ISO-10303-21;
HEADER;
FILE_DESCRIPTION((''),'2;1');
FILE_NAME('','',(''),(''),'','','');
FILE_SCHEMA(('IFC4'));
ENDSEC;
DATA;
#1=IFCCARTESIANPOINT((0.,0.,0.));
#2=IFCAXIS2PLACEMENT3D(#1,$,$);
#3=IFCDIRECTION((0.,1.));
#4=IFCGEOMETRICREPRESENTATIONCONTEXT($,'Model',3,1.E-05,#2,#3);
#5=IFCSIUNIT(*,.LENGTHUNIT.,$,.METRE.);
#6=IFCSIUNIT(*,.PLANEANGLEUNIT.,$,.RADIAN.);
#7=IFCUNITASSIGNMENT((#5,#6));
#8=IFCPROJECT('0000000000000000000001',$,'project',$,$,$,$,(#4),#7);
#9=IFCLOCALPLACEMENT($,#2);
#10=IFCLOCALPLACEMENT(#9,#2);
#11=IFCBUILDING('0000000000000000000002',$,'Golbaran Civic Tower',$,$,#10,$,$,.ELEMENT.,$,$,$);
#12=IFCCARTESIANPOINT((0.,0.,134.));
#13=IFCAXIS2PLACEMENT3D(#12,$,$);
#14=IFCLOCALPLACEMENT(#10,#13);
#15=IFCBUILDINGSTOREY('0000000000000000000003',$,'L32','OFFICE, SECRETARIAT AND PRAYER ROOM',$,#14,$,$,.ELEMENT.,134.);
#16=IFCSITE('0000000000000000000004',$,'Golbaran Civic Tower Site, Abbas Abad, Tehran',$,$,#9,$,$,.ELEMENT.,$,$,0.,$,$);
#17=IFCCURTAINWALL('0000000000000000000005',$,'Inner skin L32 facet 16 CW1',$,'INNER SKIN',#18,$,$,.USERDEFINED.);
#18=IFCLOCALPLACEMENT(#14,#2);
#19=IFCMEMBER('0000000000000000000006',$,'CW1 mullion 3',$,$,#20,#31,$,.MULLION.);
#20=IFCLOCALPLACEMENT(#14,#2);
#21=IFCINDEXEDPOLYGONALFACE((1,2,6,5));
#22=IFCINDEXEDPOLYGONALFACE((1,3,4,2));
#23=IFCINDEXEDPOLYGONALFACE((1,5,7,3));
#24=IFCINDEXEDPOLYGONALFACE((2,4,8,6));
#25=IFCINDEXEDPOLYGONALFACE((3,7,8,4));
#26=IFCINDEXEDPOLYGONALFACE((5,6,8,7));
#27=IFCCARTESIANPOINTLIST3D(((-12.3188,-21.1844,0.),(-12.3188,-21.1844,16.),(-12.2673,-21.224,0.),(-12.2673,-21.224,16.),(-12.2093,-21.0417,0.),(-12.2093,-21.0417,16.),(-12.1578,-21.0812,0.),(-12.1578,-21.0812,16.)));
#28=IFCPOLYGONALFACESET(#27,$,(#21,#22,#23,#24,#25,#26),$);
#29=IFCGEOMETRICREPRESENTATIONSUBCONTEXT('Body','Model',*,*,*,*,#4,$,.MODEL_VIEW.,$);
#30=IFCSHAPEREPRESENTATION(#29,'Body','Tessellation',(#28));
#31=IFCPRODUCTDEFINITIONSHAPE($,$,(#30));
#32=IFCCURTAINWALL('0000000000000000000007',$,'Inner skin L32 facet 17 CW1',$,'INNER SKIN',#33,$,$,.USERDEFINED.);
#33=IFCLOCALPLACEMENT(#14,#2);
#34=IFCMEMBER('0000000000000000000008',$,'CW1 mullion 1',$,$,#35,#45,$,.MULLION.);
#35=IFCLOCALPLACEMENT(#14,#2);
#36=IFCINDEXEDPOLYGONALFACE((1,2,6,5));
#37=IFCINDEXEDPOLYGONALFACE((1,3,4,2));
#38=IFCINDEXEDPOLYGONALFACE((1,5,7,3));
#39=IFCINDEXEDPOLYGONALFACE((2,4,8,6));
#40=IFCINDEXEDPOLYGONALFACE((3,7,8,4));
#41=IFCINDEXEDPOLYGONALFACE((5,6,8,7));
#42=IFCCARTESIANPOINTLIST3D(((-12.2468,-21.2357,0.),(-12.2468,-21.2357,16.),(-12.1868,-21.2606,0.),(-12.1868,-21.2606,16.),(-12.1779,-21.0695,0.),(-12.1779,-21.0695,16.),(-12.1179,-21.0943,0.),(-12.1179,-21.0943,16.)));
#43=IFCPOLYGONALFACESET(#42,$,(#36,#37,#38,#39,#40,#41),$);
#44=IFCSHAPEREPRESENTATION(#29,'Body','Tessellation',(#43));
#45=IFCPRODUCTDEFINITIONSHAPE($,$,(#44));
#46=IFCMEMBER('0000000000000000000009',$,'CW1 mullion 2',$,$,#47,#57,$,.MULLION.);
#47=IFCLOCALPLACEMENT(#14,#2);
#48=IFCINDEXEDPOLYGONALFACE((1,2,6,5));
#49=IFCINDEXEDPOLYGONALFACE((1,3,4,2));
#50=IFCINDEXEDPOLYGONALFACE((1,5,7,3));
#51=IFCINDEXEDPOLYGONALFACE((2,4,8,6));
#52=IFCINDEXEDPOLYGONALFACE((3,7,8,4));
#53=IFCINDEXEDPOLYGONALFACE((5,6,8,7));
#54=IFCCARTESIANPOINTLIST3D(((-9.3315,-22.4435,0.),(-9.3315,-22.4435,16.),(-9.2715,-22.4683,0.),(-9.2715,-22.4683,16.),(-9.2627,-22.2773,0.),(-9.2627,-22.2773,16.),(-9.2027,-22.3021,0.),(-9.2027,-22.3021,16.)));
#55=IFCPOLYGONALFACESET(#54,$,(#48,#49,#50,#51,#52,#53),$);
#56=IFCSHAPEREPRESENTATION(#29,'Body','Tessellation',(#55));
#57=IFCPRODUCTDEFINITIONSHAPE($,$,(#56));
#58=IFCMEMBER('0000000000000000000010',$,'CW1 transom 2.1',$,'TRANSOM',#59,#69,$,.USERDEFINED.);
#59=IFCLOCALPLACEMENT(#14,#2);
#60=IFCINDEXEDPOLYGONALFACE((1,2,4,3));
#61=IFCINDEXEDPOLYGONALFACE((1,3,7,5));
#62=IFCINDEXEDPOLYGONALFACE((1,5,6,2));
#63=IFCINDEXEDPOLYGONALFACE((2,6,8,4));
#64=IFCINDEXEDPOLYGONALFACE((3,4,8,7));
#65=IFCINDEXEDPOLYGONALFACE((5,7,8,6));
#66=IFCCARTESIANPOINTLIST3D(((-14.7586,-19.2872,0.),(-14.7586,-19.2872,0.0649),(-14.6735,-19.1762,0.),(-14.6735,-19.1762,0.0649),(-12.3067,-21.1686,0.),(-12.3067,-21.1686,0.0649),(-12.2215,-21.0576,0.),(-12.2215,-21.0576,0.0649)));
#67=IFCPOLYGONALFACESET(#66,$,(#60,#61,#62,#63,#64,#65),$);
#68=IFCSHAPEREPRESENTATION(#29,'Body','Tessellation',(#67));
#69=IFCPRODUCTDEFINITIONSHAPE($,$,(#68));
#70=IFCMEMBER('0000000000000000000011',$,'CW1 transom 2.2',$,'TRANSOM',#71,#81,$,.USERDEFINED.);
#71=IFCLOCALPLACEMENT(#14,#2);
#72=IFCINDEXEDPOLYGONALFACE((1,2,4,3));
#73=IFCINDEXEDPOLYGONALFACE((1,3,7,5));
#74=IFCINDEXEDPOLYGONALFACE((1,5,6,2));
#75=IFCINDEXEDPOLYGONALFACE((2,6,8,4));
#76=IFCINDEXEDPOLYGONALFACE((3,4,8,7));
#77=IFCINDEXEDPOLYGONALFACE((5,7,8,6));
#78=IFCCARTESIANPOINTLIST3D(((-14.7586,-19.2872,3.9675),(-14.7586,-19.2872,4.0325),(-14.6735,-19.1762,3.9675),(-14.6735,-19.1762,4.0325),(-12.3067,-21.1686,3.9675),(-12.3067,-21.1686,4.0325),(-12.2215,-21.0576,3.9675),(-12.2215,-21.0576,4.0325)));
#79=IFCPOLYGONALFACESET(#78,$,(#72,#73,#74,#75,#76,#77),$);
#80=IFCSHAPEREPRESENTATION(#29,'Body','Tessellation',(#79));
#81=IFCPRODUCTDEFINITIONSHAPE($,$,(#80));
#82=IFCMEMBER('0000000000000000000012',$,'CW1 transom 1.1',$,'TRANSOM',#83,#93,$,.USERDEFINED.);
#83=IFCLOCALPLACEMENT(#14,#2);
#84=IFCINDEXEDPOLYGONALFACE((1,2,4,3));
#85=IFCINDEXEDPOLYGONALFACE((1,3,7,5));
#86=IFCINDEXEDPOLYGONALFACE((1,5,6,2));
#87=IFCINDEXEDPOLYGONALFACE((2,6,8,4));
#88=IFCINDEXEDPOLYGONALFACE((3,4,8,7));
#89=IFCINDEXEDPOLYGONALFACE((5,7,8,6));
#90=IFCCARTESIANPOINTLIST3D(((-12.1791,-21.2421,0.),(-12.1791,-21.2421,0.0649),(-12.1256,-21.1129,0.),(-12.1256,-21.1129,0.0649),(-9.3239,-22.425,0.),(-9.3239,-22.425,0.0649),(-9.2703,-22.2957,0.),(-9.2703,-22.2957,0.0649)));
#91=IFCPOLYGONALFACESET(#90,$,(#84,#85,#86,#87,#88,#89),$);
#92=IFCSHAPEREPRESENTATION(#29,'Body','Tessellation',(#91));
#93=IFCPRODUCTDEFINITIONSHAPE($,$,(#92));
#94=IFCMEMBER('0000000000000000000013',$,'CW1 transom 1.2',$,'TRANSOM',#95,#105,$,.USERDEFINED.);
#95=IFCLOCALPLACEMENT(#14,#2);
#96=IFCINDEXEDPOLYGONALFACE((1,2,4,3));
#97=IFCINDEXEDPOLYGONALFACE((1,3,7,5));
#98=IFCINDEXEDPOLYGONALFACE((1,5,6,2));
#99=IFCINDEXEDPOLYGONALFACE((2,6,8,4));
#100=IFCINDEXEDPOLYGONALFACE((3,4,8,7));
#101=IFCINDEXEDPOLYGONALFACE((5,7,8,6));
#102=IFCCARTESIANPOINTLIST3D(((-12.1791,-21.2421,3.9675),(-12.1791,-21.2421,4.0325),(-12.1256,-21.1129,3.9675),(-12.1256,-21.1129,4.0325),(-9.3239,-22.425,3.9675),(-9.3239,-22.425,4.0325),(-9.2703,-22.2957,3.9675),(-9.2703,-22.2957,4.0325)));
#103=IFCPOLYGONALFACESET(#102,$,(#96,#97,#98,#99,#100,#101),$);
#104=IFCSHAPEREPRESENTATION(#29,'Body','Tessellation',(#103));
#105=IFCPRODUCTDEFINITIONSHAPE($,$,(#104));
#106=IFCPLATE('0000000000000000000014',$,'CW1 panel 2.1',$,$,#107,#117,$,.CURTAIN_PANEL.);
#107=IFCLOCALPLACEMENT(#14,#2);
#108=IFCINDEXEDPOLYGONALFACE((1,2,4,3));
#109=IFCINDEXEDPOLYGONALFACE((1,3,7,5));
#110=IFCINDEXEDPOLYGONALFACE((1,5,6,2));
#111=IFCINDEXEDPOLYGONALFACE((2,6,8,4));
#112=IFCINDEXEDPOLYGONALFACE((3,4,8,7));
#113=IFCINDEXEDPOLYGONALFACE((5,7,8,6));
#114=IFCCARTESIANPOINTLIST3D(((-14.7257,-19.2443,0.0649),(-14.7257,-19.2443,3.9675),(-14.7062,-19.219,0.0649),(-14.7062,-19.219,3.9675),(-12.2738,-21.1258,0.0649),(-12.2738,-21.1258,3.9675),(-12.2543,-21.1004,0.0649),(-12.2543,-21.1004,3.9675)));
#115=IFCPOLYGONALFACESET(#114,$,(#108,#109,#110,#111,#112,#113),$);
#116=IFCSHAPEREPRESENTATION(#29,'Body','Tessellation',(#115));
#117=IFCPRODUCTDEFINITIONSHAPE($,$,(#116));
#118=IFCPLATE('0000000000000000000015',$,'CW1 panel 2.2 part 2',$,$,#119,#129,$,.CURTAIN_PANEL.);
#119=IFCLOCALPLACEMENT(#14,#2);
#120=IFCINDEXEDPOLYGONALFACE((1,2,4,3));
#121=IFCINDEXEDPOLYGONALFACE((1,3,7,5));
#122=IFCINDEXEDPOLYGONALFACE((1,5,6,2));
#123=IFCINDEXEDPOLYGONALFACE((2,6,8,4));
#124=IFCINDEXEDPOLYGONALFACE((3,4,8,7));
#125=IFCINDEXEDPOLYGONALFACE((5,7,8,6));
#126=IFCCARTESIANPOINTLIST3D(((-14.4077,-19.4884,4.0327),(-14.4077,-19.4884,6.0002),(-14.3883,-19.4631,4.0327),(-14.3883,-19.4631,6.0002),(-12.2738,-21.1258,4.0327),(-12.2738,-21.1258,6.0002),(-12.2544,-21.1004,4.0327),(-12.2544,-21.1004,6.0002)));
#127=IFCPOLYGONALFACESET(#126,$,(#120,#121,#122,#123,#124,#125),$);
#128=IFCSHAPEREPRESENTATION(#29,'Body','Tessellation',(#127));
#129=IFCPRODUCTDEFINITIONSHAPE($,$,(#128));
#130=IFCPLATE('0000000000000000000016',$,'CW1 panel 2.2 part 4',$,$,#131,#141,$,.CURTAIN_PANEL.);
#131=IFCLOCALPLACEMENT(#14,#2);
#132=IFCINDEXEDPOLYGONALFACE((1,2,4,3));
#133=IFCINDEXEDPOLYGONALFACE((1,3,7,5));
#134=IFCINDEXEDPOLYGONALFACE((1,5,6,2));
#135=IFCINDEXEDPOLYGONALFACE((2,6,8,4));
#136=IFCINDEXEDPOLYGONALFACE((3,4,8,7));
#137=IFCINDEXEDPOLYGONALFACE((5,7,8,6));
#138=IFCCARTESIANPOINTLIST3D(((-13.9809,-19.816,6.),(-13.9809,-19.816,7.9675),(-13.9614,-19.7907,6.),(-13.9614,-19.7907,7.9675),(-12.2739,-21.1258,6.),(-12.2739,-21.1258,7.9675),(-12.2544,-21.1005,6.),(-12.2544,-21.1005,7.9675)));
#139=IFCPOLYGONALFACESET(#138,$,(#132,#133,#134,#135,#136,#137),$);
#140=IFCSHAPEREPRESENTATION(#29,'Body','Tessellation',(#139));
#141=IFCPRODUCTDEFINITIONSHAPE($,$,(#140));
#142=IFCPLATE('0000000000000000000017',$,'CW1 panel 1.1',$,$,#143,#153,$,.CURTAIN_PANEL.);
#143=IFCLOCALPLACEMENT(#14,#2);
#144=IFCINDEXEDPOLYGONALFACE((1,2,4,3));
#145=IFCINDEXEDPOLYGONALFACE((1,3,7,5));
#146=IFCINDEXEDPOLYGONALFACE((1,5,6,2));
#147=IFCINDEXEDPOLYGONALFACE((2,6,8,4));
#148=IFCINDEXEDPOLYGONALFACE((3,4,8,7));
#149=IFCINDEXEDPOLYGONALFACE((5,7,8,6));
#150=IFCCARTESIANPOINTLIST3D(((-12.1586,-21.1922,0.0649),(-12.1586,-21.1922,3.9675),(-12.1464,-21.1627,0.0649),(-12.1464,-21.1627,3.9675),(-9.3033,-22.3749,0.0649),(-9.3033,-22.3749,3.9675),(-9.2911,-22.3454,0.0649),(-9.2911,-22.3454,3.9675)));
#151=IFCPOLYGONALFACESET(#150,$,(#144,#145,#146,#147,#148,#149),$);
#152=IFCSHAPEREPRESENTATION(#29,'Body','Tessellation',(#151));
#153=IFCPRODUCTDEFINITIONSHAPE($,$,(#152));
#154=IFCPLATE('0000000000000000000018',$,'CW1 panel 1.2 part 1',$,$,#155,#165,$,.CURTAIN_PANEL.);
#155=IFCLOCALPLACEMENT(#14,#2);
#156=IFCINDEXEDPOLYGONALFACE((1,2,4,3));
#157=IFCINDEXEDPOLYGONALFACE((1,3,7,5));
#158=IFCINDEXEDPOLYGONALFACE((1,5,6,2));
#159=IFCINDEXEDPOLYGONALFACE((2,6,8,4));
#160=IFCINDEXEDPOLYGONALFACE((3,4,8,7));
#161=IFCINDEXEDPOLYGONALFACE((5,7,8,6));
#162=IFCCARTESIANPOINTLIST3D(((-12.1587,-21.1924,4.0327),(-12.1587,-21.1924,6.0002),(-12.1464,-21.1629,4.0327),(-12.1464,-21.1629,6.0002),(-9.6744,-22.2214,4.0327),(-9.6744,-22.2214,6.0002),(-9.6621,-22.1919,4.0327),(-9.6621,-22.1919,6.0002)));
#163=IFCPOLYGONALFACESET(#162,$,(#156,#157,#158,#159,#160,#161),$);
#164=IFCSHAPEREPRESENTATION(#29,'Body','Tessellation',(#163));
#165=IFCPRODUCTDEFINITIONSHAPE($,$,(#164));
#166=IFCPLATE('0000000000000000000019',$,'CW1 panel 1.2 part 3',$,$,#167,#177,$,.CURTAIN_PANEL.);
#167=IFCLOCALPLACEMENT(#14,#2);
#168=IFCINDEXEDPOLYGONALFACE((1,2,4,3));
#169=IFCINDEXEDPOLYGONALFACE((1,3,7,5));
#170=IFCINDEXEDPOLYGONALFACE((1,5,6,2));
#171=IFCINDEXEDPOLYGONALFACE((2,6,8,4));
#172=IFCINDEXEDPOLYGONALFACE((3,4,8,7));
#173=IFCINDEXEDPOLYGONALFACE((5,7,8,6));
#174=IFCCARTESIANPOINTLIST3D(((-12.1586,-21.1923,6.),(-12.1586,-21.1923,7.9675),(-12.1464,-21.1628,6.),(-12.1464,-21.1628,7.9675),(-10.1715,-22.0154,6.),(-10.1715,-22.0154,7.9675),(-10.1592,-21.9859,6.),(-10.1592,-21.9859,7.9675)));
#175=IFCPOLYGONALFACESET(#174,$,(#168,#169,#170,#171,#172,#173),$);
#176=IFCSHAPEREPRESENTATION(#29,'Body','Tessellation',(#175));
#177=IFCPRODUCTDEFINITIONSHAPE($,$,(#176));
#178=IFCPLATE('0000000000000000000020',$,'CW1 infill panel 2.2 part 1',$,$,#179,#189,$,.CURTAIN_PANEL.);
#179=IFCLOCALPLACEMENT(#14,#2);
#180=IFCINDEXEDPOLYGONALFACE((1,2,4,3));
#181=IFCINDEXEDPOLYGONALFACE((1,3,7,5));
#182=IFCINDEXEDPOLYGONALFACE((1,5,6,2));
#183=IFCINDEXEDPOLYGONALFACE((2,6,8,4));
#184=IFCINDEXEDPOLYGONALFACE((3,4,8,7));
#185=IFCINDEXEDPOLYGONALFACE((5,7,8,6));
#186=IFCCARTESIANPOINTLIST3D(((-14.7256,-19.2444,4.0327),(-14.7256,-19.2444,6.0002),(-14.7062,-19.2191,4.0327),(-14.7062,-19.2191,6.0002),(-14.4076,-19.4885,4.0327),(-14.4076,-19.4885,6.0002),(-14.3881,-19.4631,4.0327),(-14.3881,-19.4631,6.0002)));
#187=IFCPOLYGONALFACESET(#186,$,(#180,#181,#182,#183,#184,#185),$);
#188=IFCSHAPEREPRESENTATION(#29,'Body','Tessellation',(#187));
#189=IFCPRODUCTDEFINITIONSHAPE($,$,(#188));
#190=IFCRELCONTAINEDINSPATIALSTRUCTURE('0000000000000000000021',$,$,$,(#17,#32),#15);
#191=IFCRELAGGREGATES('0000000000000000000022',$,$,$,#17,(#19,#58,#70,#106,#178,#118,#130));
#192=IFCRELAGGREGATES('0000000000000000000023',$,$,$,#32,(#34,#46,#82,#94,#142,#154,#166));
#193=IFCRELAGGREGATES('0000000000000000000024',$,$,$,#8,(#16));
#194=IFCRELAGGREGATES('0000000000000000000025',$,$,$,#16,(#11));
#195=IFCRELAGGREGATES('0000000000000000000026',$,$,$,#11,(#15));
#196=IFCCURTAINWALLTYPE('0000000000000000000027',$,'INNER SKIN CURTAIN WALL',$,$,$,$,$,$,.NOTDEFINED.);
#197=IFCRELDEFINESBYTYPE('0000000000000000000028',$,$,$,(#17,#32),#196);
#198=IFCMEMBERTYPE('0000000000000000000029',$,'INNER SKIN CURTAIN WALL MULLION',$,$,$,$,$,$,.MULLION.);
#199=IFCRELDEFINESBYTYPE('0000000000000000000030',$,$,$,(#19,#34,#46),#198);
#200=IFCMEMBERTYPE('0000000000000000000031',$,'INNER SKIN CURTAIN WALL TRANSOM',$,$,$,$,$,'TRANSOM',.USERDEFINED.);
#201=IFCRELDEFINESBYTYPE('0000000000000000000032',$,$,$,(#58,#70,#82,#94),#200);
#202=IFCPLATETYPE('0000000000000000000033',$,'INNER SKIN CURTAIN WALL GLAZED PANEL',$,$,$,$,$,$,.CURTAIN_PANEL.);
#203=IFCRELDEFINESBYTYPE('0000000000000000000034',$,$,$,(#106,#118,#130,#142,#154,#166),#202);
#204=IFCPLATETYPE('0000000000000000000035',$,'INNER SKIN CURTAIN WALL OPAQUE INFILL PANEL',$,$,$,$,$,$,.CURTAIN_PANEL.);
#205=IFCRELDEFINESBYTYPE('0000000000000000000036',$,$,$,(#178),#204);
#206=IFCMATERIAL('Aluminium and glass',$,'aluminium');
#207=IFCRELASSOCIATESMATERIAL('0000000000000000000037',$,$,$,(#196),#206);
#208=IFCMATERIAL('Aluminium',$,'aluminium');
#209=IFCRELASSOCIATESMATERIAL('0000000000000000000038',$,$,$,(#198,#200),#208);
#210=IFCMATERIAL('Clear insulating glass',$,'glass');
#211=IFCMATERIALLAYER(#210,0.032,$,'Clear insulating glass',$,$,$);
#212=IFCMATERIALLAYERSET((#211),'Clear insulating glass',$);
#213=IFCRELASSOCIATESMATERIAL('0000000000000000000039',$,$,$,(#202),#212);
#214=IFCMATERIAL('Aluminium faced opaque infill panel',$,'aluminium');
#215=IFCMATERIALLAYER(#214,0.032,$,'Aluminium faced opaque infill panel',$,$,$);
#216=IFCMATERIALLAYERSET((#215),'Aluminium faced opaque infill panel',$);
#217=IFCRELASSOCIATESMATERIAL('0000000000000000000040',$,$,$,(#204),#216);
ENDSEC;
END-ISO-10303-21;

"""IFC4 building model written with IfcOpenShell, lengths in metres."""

from ifc_helpers import new_model, si_unit, direction, frame, origin, origin_2d, place, context, subcontext, project, spatial, rectangle, extrude, material, layer, layer_set, material_profile, profile_set, type_object, element, aggregate, save


model = new_model("IFC4")

# Units and contexts
model_context = context("Model", 3, precision=1e-05, world=origin(), true_north=direction((0.0, 1.0)))
body_context = subcontext(model_context, "Body", "Model", "MODEL_VIEW")
ifc_project = project(units=[si_unit("LENGTHUNIT", "METRE"), si_unit("PLANEANGLEUNIT", "RADIAN")], contexts=[model_context])

# Site, building, storey
site_placement = place(None, origin())
site = spatial("IfcSite", under=ifc_project, at=site_placement, Name="Golbaran Civic Tower Site, Abbas Abad, Tehran", CompositionType="ELEMENT", RefElevation=0.0)
building_placement = place(site_placement, origin())
building = spatial("IfcBuilding", under=site, at=building_placement, Name="Golbaran Civic Tower", CompositionType="ELEMENT")
storey_placement = place(building_placement, frame((0.0, 0.0, 134.0)))
storey = spatial("IfcBuildingStorey", under=building, at=storey_placement, Name="L32", Description="OFFICE, SECRETARIAT AND PRAYER ROOM", CompositionType="ELEMENT", Elevation=134.0)

# Curtain wall, member
ifc_material_1 = material(Name="Aluminium and glass", Category="aluminium")
curtain_wall_type_1 = type_object("IfcCurtainWallType", Name="INNER SKIN CURTAIN WALL", PredefinedType="NOTDEFINED", material=ifc_material_1)
curtain_wall_1_placement = place(storey_placement, origin())
curtain_wall_1 = element("IfcCurtainWall", 1, at=curtain_wall_1_placement, inside=storey, type_object=curtain_wall_type_1, Name="Inner skin L32 facet 16 CW1", ObjectType="INNER SKIN", PredefinedType="USERDEFINED")
ifc_material_2 = material(Name="Aluminium", Category="aluminium")
ifc_material_profile_1 = material_profile(ifc_material_2, rectangle(XDim=0.1799, YDim=0.0649, at=origin_2d()), Name="INNER SKIN CURTAIN WALL MULLION")
ifc_profile_set_1 = profile_set([ifc_material_profile_1], Name="Aluminium")
member_type_1 = type_object("IfcMemberType", Name="INNER SKIN CURTAIN WALL MULLION", PredefinedType="MULLION", material=ifc_profile_set_1)
member_1_placement = place(storey_placement, frame((-12.2383, -21.1328, 0.0), z_axis=(0.0, 0.0, 1.0), x_axis=(0.608761, 0.793353, 0.0)))
member_1 = element("IfcMember", 2, at=member_1_placement, type_object=member_type_1, Name="CW1 mullion 3", PredefinedType="MULLION", context=body_context, shape_type="SweptSolid", body=[
    extrude(rectangle(XDim=0.1799, YDim=0.0649, at=origin_2d()), origin(), (0.0, 0.0, 1.0), 16.0),
])

# Curtain wall, members
curtain_wall_2_placement = place(storey_placement, origin())
curtain_wall_2 = element("IfcCurtainWall", 3, at=curtain_wall_2_placement, inside=storey, type_object=curtain_wall_type_1, Name="Inner skin L32 facet 17 CW1", ObjectType="INNER SKIN", PredefinedType="USERDEFINED")
member_2_placement = place(storey_placement, frame((-12.1824, -21.165, 0.0), z_axis=(0.0, 0.0, 1.0), x_axis=(0.382683, 0.92388, 0.0)))
member_2 = element("IfcMember", 4, at=member_2_placement, type_object=member_type_1, Name="CW1 mullion 1", PredefinedType="MULLION", context=body_context, shape_type="SweptSolid", body=[
    extrude(rectangle(XDim=0.1799, YDim=0.0649, at=origin_2d()), origin(), (0.0, 0.0, 1.0), 16.0),
])
member_3_placement = place(storey_placement, frame((-9.2671, -22.3728, 0.0), z_axis=(0.0, 0.0, 1.0), x_axis=(0.382683, 0.92388, 0.0)))
member_3 = element("IfcMember", 5, at=member_3_placement, type_object=member_type_1, Name="CW1 mullion 2", PredefinedType="MULLION", context=body_context, shape_type="SweptSolid", body=[
    extrude(rectangle(XDim=0.1799, YDim=0.0649, at=origin_2d()), origin(), (0.0, 0.0, 1.0), 16.0),
])

# Members
ifc_material_profile_2 = material_profile(ifc_material_2, rectangle(XDim=0.1399, YDim=0.0649, at=origin_2d()), Name="INNER SKIN CURTAIN WALL TRANSOM")
ifc_profile_set_2 = profile_set([ifc_material_profile_2], Name="Aluminium")
member_type_2 = type_object("IfcMemberType", Name="INNER SKIN CURTAIN WALL TRANSOM", ElementType="TRANSOM", PredefinedType="USERDEFINED", material=ifc_profile_set_2)
member_4_placement = place(storey_placement, frame((-14.7161, -19.2317, 0.0325), z_axis=(0.793363, -0.608748, 0.0), x_axis=(0.608748, 0.793363, 0.0)))
member_4 = element("IfcMember", 6, at=member_4_placement, type_object=member_type_2, Name="CW1 transom 2.1", ObjectType="TRANSOM", PredefinedType="USERDEFINED", context=body_context, shape_type="SweptSolid", body=[
    extrude(rectangle(XDim=0.1399, YDim=0.0649, at=origin_2d()), origin(), (0.0, 0.0, 1.0), 3.0906),
])
member_5_placement = place(storey_placement, frame((-14.7161, -19.2317, 4.0), z_axis=(0.793363, -0.608748, 0.0), x_axis=(0.608748, 0.793363, 0.0)))
member_5 = element("IfcMember", 7, at=member_5_placement, type_object=member_type_2, Name="CW1 transom 2.2", ObjectType="TRANSOM", PredefinedType="USERDEFINED", context=body_context, shape_type="SweptSolid", body=[
    extrude(rectangle(XDim=0.1399, YDim=0.0649, at=origin_2d()), origin(), (0.0, 0.0, 1.0), 3.0906),
])
member_6_placement = place(storey_placement, frame((-12.1523, -21.1775, 0.0325), z_axis=(0.923858, -0.382736, 0.0), x_axis=(0.382736, 0.923858, 0.0)))
member_6 = element("IfcMember", 8, at=member_6_placement, type_object=member_type_2, Name="CW1 transom 1.1", ObjectType="TRANSOM", PredefinedType="USERDEFINED", context=body_context, shape_type="SweptSolid", body=[
    extrude(rectangle(XDim=0.1399, YDim=0.0649, at=origin_2d()), origin(), (0.0, 0.0, 1.0), 3.0906),
])
member_7_placement = place(storey_placement, frame((-12.1523, -21.1775, 4.0), z_axis=(0.923858, -0.382736, 0.0), x_axis=(0.382736, 0.923858, 0.0)))
member_7 = element("IfcMember", 9, at=member_7_placement, type_object=member_type_2, Name="CW1 transom 1.2", ObjectType="TRANSOM", PredefinedType="USERDEFINED", context=body_context, shape_type="SweptSolid", body=[
    extrude(rectangle(XDim=0.1399, YDim=0.0649, at=origin_2d()), origin(), (0.0, 0.0, 1.0), 3.0906),
])

# Plates
ifc_material_3 = material(Name="Clear insulating glass", Category="glass")
ifc_layer_1 = layer(ifc_material_3, 0.032, Name="Clear insulating glass")
ifc_layer_set_1 = layer_set([ifc_layer_1], Name="Clear insulating glass")
plate_type_1 = type_object("IfcPlateType", Name="INNER SKIN CURTAIN WALL GLAZED PANEL", PredefinedType="CURTAIN_PANEL", material=ifc_layer_set_1)
plate_1_placement = place(storey_placement, frame((-13.49, -20.1724, 0.0649), z_axis=(0.0, 0.0, 1.0), x_axis=(0.793353, -0.608761, 0.0)))
plate_1 = element("IfcPlate", 10, at=plate_1_placement, type_object=plate_type_1, Name="CW1 panel 2.1", PredefinedType="CURTAIN_PANEL", context=body_context, shape_type="SweptSolid", body=[
    extrude(rectangle(XDim=3.0906, YDim=0.032, at=origin_2d()), origin(), (0.0, 0.0, 1.0), 3.9026),
])
plate_2_placement = place(storey_placement, frame((-13.3311, -20.2944, 4.0327), z_axis=(0.0, 0.0, 1.0), x_axis=(0.793353, -0.608761, 0.0)))
plate_2 = element("IfcPlate", 11, at=plate_2_placement, type_object=plate_type_1, Name="CW1 panel 2.2 part 2", PredefinedType="CURTAIN_PANEL", context=body_context, shape_type="SweptSolid", body=[
    extrude(rectangle(XDim=2.6897, YDim=0.032, at=origin_2d()), origin(), (0.0, 0.0, 1.0), 1.9675),
])
plate_3_placement = place(storey_placement, frame((-13.1177, -20.4583, 6.0), z_axis=(0.0, 0.0, 1.0), x_axis=(0.793353, -0.608761, 0.0)))
plate_3 = element("IfcPlate", 12, at=plate_3_placement, type_object=plate_type_1, Name="CW1 panel 2.2 part 4", PredefinedType="CURTAIN_PANEL", context=body_context, shape_type="SweptSolid", body=[
    extrude(rectangle(XDim=2.1516, YDim=0.032, at=origin_2d()), origin(), (0.0, 0.0, 1.0), 1.9675),
])
plate_4_placement = place(storey_placement, frame((-10.7249, -21.7688, 0.0649), z_axis=(0.0, 0.0, 1.0), x_axis=(0.92388, -0.382683, 0.0)))
plate_4 = element("IfcPlate", 13, at=plate_4_placement, type_object=plate_type_1, Name="CW1 panel 1.1", PredefinedType="CURTAIN_PANEL", context=body_context, shape_type="SweptSolid", body=[
    extrude(rectangle(XDim=3.0906, YDim=0.032, at=origin_2d()), origin(), (0.0, 0.0, 1.0), 3.9026),
])
plate_5_placement = place(storey_placement, frame((-10.9104, -21.6921, 4.0327), z_axis=(0.0, 0.0, 1.0), x_axis=(0.92388, -0.382683, 0.0)))
plate_5 = element("IfcPlate", 14, at=plate_5_placement, type_object=plate_type_1, Name="CW1 panel 1.2 part 1", PredefinedType="CURTAIN_PANEL", context=body_context, shape_type="SweptSolid", body=[
    extrude(rectangle(XDim=2.689, YDim=0.032, at=origin_2d()), origin(), (0.0, 0.0, 1.0), 1.9675),
])
plate_6_placement = place(storey_placement, frame((-11.1589, -21.5891, 6.0), z_axis=(0.0, 0.0, 1.0), x_axis=(0.92388, -0.382683, 0.0)))
plate_6 = element("IfcPlate", 15, at=plate_6_placement, type_object=plate_type_1, Name="CW1 panel 1.2 part 3", PredefinedType="CURTAIN_PANEL", context=body_context, shape_type="SweptSolid", body=[
    extrude(rectangle(XDim=2.1509, YDim=0.032, at=origin_2d()), origin(), (0.0, 0.0, 1.0), 1.9675),
])
ifc_material_4 = material(Name="Aluminium faced opaque infill panel", Category="aluminium")
ifc_layer_2 = layer(ifc_material_4, 0.032, Name="Aluminium faced opaque infill panel")
ifc_layer_set_2 = layer_set([ifc_layer_2], Name="Aluminium faced opaque infill panel")
plate_type_2 = type_object("IfcPlateType", Name="INNER SKIN CURTAIN WALL OPAQUE INFILL PANEL", PredefinedType="CURTAIN_PANEL", material=ifc_layer_set_2)
plate_7_placement = place(storey_placement, frame((-14.5569, -19.3538, 4.0327), z_axis=(0.0, 0.0, 1.0), x_axis=(0.793353, -0.608761, 0.0)))
plate_7 = element("IfcPlate", 16, at=plate_7_placement, type_object=plate_type_2, Name="CW1 infill panel 2.2 part 1", PredefinedType="CURTAIN_PANEL", context=body_context, shape_type="SweptSolid", body=[
    extrude(rectangle(XDim=0.4009, YDim=0.032, at=origin_2d()), origin(), (0.0, 0.0, 1.0), 1.9675),
])
aggregate(curtain_wall_1, [member_1, member_4, member_5, plate_1, plate_7, plate_2, plate_3])
aggregate(curtain_wall_2, [member_2, member_3, member_6, member_7, plate_4, plate_5, plate_6])

save(model, "model.ifc")
